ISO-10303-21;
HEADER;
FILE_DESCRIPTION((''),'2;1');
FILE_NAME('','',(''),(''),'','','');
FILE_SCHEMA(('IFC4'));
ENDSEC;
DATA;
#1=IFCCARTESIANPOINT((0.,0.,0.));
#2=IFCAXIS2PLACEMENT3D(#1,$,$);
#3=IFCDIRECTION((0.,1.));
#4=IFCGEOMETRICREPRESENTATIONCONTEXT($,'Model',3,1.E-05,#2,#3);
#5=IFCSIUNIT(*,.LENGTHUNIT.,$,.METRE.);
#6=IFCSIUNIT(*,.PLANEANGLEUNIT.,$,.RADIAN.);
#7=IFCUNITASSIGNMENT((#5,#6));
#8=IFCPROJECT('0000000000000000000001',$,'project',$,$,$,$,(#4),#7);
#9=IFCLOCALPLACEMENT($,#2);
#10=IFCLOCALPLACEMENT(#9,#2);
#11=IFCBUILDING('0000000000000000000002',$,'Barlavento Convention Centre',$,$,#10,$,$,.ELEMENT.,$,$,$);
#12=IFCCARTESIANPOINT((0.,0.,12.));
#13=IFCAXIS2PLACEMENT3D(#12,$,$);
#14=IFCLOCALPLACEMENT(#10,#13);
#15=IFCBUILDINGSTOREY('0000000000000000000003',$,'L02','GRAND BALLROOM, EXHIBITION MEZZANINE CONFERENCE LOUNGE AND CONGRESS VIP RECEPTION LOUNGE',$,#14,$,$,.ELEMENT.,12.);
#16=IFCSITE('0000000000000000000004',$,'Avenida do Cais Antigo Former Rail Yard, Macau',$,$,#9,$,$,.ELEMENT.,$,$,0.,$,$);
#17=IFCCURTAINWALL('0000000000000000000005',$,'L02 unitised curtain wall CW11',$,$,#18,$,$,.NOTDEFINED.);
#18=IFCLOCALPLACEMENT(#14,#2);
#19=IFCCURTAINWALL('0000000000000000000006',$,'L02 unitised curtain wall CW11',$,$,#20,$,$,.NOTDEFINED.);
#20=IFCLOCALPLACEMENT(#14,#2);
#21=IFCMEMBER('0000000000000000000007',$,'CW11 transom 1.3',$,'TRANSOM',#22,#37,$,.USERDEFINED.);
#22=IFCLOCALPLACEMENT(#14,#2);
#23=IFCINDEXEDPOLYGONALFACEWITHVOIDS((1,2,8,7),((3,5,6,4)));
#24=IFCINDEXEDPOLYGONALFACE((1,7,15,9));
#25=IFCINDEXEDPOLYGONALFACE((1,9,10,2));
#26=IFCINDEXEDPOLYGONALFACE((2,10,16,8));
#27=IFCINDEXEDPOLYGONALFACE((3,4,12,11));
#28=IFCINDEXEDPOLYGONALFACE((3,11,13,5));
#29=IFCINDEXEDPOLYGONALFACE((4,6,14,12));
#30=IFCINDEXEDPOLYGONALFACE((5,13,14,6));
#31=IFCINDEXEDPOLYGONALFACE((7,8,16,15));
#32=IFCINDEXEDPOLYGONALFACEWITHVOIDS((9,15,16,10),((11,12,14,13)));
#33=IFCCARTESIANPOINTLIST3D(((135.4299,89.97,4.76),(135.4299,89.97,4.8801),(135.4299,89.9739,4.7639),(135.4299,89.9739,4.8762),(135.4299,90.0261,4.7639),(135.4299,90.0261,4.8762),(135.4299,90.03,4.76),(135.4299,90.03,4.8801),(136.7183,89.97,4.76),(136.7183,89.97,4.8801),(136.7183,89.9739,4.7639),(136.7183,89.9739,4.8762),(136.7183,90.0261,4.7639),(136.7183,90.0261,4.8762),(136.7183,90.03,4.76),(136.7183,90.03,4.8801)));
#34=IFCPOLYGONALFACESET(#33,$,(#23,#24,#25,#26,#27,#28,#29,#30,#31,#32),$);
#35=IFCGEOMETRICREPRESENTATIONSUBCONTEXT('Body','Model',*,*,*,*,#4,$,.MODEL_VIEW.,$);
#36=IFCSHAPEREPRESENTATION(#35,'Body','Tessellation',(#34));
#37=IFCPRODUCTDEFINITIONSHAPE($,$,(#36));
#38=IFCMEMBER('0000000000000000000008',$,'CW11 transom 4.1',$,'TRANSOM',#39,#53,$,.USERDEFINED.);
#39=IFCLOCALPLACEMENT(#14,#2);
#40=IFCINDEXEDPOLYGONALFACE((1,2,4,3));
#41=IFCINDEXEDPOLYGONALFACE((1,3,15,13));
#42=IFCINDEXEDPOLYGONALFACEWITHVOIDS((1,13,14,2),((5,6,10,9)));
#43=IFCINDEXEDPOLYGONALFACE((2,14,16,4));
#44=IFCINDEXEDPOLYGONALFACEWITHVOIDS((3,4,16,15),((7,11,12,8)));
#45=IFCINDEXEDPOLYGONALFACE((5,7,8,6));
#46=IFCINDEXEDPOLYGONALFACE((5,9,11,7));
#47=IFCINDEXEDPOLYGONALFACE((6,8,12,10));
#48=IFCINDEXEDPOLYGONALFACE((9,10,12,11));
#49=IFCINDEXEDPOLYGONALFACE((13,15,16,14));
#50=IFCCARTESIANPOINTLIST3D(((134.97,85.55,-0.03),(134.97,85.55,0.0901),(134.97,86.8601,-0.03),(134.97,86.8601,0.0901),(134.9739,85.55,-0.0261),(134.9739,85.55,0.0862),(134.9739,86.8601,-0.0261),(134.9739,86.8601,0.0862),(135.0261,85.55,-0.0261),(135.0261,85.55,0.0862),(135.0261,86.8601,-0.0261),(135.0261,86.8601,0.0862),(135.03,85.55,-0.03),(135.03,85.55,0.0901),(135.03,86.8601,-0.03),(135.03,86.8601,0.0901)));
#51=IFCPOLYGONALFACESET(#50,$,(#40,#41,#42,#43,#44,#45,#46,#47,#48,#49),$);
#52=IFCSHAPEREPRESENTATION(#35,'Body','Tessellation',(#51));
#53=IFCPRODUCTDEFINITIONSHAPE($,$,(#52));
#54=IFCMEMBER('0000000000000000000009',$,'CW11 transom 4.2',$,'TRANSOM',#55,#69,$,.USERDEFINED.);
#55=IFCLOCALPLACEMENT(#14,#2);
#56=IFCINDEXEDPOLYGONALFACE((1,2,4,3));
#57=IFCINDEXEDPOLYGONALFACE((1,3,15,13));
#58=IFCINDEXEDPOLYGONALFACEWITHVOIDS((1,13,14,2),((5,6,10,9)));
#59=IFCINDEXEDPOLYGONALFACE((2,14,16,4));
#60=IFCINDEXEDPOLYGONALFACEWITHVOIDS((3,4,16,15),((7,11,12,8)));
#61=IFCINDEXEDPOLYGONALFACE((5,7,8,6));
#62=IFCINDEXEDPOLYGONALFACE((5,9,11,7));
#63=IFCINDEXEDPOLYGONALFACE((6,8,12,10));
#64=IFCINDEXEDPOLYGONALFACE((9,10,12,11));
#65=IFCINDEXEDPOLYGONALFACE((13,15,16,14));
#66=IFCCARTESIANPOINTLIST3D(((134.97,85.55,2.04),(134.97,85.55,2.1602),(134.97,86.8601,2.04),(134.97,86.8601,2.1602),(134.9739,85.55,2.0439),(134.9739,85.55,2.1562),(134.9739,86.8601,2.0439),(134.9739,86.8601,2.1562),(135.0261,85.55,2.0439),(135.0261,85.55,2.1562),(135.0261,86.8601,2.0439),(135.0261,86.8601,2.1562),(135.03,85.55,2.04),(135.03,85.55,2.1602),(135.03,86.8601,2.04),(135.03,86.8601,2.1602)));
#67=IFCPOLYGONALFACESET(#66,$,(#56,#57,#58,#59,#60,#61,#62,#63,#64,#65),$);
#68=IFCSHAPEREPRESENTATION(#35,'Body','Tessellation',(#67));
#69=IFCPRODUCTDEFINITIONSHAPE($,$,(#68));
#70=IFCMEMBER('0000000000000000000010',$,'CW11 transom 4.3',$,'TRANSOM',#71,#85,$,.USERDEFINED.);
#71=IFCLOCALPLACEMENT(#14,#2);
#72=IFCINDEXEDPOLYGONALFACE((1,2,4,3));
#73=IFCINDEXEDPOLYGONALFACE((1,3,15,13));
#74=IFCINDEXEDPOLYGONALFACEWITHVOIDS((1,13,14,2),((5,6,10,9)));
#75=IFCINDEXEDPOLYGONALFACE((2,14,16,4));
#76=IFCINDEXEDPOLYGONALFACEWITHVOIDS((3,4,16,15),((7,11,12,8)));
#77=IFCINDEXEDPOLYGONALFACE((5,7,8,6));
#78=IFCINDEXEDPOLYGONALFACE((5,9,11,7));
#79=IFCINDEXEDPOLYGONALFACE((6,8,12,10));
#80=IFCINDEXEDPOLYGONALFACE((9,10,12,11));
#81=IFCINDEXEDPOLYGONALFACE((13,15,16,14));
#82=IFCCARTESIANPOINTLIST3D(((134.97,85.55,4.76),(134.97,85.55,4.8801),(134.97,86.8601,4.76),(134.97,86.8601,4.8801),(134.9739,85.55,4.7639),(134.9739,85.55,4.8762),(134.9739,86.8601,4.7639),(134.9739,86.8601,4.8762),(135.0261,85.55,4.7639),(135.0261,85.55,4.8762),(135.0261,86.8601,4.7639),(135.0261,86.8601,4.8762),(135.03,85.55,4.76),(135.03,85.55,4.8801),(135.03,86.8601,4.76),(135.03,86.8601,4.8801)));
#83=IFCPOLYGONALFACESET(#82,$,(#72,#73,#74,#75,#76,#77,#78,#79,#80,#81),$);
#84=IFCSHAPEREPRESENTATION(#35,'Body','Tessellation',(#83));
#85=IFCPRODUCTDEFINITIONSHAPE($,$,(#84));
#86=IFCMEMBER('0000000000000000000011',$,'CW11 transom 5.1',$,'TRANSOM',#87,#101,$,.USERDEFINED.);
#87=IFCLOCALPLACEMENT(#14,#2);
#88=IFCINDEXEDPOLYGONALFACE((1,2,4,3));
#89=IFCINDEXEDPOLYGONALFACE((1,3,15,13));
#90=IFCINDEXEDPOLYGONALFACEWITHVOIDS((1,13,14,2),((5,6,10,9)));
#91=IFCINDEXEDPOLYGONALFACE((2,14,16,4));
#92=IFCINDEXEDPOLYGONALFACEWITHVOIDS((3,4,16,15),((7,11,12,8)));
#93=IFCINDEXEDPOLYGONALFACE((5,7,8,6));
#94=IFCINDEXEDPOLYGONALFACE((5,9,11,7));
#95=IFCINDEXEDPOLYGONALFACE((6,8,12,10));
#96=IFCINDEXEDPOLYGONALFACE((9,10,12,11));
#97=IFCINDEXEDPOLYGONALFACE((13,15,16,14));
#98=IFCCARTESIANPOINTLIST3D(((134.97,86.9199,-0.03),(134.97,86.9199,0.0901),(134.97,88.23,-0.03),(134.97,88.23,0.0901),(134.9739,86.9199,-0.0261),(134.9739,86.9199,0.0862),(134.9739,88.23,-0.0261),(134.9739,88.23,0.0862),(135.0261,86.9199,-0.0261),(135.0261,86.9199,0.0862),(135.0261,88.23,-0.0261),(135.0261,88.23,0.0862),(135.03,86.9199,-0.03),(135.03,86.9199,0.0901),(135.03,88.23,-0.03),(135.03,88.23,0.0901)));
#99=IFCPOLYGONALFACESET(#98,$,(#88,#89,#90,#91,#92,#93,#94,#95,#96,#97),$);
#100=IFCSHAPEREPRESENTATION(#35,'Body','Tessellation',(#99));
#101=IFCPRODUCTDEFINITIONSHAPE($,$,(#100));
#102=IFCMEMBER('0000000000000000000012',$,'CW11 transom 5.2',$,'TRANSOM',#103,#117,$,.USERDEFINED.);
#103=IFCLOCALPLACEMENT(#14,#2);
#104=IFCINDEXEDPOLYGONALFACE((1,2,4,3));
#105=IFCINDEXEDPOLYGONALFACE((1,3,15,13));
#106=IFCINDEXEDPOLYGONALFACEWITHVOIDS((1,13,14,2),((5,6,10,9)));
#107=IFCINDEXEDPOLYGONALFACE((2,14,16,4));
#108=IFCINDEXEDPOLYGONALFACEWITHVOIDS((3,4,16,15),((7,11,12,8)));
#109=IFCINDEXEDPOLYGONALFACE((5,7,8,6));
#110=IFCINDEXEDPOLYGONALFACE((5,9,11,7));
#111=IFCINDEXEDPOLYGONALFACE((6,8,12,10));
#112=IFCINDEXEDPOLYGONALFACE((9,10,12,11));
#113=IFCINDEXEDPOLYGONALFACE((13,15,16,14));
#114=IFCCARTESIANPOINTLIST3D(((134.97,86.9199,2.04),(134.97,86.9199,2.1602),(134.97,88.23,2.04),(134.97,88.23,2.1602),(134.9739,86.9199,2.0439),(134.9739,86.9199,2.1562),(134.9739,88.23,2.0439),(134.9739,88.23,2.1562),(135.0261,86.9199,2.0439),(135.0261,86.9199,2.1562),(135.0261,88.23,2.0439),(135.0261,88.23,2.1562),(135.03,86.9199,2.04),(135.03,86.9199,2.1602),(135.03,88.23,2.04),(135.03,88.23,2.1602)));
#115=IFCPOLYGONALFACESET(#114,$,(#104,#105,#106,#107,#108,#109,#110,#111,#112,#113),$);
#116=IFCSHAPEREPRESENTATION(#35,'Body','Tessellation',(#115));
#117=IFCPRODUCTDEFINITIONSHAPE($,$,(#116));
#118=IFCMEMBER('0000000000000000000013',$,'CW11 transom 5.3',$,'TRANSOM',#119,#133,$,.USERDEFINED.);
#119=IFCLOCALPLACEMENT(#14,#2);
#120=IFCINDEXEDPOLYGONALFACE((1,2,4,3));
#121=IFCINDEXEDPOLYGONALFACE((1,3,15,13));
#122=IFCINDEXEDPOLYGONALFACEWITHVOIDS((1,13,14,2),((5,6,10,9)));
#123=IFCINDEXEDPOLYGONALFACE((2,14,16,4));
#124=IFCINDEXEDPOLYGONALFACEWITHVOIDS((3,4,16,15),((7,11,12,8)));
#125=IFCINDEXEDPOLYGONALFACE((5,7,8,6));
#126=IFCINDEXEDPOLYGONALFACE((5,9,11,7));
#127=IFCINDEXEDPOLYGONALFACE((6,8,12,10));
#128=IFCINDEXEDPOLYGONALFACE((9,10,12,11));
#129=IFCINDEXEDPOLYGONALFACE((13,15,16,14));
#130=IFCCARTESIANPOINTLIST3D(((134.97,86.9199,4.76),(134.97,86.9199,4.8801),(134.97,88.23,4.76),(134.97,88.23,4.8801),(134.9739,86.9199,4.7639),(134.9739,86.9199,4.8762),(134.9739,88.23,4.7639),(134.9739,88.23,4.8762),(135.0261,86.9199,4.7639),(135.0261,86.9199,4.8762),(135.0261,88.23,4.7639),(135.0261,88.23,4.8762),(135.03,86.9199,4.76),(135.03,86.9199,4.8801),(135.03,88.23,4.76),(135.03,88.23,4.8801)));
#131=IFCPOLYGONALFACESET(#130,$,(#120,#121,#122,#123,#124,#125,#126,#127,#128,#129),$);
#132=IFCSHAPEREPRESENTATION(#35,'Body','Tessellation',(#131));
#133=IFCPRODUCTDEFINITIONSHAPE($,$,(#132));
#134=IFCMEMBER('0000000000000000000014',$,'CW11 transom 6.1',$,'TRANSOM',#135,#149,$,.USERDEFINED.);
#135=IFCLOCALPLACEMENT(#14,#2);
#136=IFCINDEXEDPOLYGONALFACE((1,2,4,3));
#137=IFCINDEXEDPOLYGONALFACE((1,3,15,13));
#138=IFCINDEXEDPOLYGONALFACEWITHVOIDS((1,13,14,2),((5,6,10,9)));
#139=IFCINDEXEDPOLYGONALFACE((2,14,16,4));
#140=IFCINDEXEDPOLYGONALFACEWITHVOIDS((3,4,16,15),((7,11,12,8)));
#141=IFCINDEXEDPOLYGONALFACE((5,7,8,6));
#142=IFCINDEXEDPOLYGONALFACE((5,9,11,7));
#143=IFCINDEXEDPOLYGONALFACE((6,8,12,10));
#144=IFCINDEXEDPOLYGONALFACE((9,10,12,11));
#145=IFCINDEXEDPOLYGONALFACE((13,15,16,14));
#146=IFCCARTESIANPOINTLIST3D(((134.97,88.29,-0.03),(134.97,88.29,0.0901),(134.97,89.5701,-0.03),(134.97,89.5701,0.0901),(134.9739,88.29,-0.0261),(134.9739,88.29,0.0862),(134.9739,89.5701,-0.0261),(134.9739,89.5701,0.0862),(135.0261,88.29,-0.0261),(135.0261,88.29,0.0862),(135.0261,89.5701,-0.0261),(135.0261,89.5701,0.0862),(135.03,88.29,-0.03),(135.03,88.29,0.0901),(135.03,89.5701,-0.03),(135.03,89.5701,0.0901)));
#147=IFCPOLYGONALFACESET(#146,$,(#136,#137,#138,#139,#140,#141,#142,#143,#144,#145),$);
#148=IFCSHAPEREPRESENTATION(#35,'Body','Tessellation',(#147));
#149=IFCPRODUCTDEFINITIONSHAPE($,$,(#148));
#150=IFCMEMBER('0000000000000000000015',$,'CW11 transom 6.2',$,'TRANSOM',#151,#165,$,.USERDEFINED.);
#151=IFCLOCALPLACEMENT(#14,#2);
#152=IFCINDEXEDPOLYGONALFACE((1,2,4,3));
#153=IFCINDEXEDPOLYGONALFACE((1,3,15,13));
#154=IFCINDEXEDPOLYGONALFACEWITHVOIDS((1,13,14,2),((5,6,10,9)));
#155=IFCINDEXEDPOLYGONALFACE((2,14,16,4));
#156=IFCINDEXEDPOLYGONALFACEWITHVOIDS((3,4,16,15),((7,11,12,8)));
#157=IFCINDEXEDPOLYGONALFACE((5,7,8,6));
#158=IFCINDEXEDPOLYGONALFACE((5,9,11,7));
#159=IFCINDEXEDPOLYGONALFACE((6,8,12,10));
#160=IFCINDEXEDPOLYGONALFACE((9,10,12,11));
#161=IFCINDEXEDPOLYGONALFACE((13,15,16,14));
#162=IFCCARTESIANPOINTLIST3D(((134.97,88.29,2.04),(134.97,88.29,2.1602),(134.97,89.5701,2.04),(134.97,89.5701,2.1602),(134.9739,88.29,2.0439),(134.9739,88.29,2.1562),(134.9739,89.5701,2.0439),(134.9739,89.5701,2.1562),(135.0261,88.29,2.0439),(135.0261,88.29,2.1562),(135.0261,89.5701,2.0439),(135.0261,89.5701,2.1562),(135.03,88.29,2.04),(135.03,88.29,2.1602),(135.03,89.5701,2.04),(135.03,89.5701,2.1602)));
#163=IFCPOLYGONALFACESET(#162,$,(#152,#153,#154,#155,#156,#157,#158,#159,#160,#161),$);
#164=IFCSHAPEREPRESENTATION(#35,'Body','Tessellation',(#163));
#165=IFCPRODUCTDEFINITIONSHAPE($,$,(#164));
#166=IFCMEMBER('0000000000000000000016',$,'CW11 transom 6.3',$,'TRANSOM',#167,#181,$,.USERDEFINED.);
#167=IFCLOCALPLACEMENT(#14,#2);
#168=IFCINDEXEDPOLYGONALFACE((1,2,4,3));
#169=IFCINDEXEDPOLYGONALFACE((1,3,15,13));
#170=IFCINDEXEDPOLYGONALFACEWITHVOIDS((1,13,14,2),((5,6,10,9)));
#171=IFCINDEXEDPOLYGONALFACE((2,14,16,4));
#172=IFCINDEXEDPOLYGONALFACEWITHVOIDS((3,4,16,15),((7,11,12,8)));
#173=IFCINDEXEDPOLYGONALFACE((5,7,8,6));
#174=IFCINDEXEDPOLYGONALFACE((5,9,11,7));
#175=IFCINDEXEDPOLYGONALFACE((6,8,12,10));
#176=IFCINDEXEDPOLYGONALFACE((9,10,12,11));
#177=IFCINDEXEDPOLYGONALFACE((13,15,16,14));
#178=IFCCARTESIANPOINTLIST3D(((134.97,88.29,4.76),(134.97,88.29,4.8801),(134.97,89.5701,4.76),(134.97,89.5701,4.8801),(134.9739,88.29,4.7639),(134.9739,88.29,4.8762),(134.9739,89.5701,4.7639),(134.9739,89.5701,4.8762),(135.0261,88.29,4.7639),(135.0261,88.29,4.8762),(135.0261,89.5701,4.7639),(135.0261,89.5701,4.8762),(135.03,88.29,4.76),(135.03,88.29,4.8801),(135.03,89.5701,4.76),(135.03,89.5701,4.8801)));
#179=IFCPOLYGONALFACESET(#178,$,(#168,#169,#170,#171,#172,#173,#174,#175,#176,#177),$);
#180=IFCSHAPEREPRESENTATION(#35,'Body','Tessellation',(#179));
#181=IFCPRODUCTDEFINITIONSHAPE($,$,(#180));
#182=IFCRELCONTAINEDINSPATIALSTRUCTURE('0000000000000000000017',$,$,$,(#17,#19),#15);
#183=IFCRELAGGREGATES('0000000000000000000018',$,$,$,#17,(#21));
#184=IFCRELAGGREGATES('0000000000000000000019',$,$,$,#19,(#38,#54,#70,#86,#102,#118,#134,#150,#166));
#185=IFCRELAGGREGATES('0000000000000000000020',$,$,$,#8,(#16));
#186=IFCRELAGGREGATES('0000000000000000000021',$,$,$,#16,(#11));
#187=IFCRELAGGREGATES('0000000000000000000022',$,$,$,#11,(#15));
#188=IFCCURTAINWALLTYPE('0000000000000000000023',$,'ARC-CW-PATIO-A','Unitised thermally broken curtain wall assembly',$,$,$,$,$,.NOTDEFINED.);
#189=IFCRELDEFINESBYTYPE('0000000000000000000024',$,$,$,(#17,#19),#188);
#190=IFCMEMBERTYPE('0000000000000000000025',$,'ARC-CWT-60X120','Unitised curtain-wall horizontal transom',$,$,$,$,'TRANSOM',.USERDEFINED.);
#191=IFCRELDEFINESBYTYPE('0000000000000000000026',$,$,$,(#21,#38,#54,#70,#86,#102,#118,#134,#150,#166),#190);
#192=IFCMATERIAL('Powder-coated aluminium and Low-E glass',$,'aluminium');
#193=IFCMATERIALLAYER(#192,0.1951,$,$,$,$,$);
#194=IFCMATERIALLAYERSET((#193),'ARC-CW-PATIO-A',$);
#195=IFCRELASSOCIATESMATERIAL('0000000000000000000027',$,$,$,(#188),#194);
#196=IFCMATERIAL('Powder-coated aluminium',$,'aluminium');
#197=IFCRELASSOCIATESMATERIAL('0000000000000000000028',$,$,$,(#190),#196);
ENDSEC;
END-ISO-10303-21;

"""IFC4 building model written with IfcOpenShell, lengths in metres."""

from ifc_helpers import new_model, si_unit, direction, frame, origin, origin_2d, place, context, subcontext, project, spatial, hollow_rectangle, extrude, material, layer, layer_set, material_profile, profile_set, type_object, element, aggregate, save


model = new_model("IFC4")

# Units and contexts
model_context = context("Model", 3, precision=1e-05, world=origin(), true_north=direction((0.0, 1.0)))
body_context = subcontext(model_context, "Body", "Model", "MODEL_VIEW")
ifc_project = project(units=[si_unit("LENGTHUNIT", "METRE"), si_unit("PLANEANGLEUNIT", "RADIAN")], contexts=[model_context])

# Site, building, storey
site_placement = place(None, origin())
site = spatial("IfcSite", under=ifc_project, at=site_placement, Name="Avenida do Cais Antigo Former Rail Yard, Macau", CompositionType="ELEMENT", RefElevation=0.0)
building_placement = place(site_placement, origin())
building = spatial("IfcBuilding", under=site, at=building_placement, Name="Barlavento Convention Centre", CompositionType="ELEMENT")
storey_placement = place(building_placement, frame((0.0, 0.0, 12.0)))
storey = spatial("IfcBuildingStorey", under=building, at=storey_placement, Name="L02", Description="GRAND BALLROOM, EXHIBITION MEZZANINE CONFERENCE LOUNGE AND CONGRESS VIP RECEPTION LOUNGE", CompositionType="ELEMENT", Elevation=12.0)

# Curtain walls
ifc_material_1 = material(Name="Powder-coated aluminium and Low-E glass", Category="aluminium")
ifc_layer_1 = layer(ifc_material_1, 0.1951)
ifc_layer_set_1 = layer_set([ifc_layer_1], Name="ARC-CW-PATIO-A")
curtain_wall_type = type_object("IfcCurtainWallType", Name="ARC-CW-PATIO-A", Description="Unitised thermally broken curtain wall assembly", PredefinedType="NOTDEFINED", material=ifc_layer_set_1)
curtain_wall_1_placement = place(storey_placement, origin())
curtain_wall_1 = element("IfcCurtainWall", 1, at=curtain_wall_1_placement, inside=storey, type_object=curtain_wall_type, Name="L02 unitised curtain wall CW11", PredefinedType="NOTDEFINED")
ifc_material_2 = material(Name="Powder-coated aluminium", Category="aluminium")
curtain_wall_2_placement = place(storey_placement, origin())
curtain_wall_2 = element("IfcCurtainWall", 2, at=curtain_wall_2_placement, inside=storey, type_object=curtain_wall_type, Name="L02 unitised curtain wall CW11", PredefinedType="NOTDEFINED")

# Members
ifc_material_profile_1 = material_profile(ifc_material_2, hollow_rectangle(XDim=0.0601, YDim=0.1201, WallThickness=0.0039, at=origin_2d()), Name="AL-TRAN 60x120x4")
ifc_profile_set_1 = profile_set([ifc_material_profile_1], Name="Powder-coated aluminium")
member_type_1 = type_object("IfcMemberType", Name="ARC-CWT-60X120", Description="Unitised curtain-wall horizontal transom", ElementType="TRANSOM", PredefinedType="USERDEFINED", material=ifc_profile_set_1)
member_1_placement = place(storey_placement, frame((135.4299, 90.0, 4.8201), z_axis=(1.0, 0.0, 0.0), x_axis=(0.0, 1.0, 0.0)))
member_1 = element("IfcMember", 3, at=member_1_placement, type_object=member_type_1, Name="CW11 transom 1.3", ObjectType="TRANSOM", PredefinedType="USERDEFINED", context=body_context, shape_type="SweptSolid", body=[
    extrude(hollow_rectangle(XDim=0.0601, YDim=0.1201, WallThickness=0.0039, at=origin_2d()), origin(), (0.0, 0.0, 1.0), 1.2883),
])
member_2_placement = place(storey_placement, frame((135.0, 85.55, 0.03), z_axis=(0.0, 1.0, 0.0), x_axis=(-1.0, 0.0, 0.0)))
member_2 = element("IfcMember", 4, at=member_2_placement, type_object=member_type_1, Name="CW11 transom 4.1", ObjectType="TRANSOM", PredefinedType="USERDEFINED", context=body_context, shape_type="SweptSolid", body=[
    extrude(hollow_rectangle(XDim=0.0601, YDim=0.1201, WallThickness=0.0039, at=origin_2d()), origin(), (0.0, 0.0, 1.0), 1.3101),
])
member_3_placement = place(storey_placement, frame((135.0, 85.55, 2.1001), z_axis=(0.0, 1.0, 0.0), x_axis=(-1.0, 0.0, 0.0)))
member_3 = element("IfcMember", 5, at=member_3_placement, type_object=member_type_1, Name="CW11 transom 4.2", ObjectType="TRANSOM", PredefinedType="USERDEFINED", context=body_context, shape_type="SweptSolid", body=[
    extrude(hollow_rectangle(XDim=0.0601, YDim=0.1201, WallThickness=0.0039, at=origin_2d()), origin(), (0.0, 0.0, 1.0), 1.3101),
])
member_4_placement = place(storey_placement, frame((135.0, 85.55, 4.8201), z_axis=(0.0, 1.0, 0.0), x_axis=(-1.0, 0.0, 0.0)))
member_4 = element("IfcMember", 6, at=member_4_placement, type_object=member_type_1, Name="CW11 transom 4.3", ObjectType="TRANSOM", PredefinedType="USERDEFINED", context=body_context, shape_type="SweptSolid", body=[
    extrude(hollow_rectangle(XDim=0.0601, YDim=0.1201, WallThickness=0.0039, at=origin_2d()), origin(), (0.0, 0.0, 1.0), 1.3101),
])
member_5_placement = place(storey_placement, frame((135.0, 86.9199, 0.03), z_axis=(0.0, 1.0, 0.0), x_axis=(-1.0, 0.0, 0.0)))
member_5 = element("IfcMember", 7, at=member_5_placement, type_object=member_type_1, Name="CW11 transom 5.1", ObjectType="TRANSOM", PredefinedType="USERDEFINED", context=body_context, shape_type="SweptSolid", body=[
    extrude(hollow_rectangle(XDim=0.0601, YDim=0.1201, WallThickness=0.0039, at=origin_2d()), origin(), (0.0, 0.0, 1.0), 1.3101),
])
member_6_placement = place(storey_placement, frame((135.0, 86.9199, 2.1001), z_axis=(0.0, 1.0, 0.0), x_axis=(-1.0, 0.0, 0.0)))
member_6 = element("IfcMember", 8, at=member_6_placement, type_object=member_type_1, Name="CW11 transom 5.2", ObjectType="TRANSOM", PredefinedType="USERDEFINED", context=body_context, shape_type="SweptSolid", body=[
    extrude(hollow_rectangle(XDim=0.0601, YDim=0.1201, WallThickness=0.0039, at=origin_2d()), origin(), (0.0, 0.0, 1.0), 1.3101),
])
member_7_placement = place(storey_placement, frame((135.0, 86.9199, 4.8201), z_axis=(0.0, 1.0, 0.0), x_axis=(-1.0, 0.0, 0.0)))
member_7 = element("IfcMember", 9, at=member_7_placement, type_object=member_type_1, Name="CW11 transom 5.3", ObjectType="TRANSOM", PredefinedType="USERDEFINED", context=body_context, shape_type="SweptSolid", body=[
    extrude(hollow_rectangle(XDim=0.0601, YDim=0.1201, WallThickness=0.0039, at=origin_2d()), origin(), (0.0, 0.0, 1.0), 1.3101),
])
member_8_placement = place(storey_placement, frame((135.0, 88.29, 0.03), z_axis=(0.0, 1.0, 0.0), x_axis=(-1.0, 0.0, 0.0)))
member_8 = element("IfcMember", 10, at=member_8_placement, type_object=member_type_1, Name="CW11 transom 6.1", ObjectType="TRANSOM", PredefinedType="USERDEFINED", context=body_context, shape_type="SweptSolid", body=[
    extrude(hollow_rectangle(XDim=0.0601, YDim=0.1201, WallThickness=0.0039, at=origin_2d()), origin(), (0.0, 0.0, 1.0), 1.28),
])
member_9_placement = place(storey_placement, frame((135.0, 88.29, 2.1001), z_axis=(0.0, 1.0, 0.0), x_axis=(-1.0, 0.0, 0.0)))
member_9 = element("IfcMember", 11, at=member_9_placement, type_object=member_type_1, Name="CW11 transom 6.2", ObjectType="TRANSOM", PredefinedType="USERDEFINED", context=body_context, shape_type="SweptSolid", body=[
    extrude(hollow_rectangle(XDim=0.0601, YDim=0.1201, WallThickness=0.0039, at=origin_2d()), origin(), (0.0, 0.0, 1.0), 1.28),
])
member_10_placement = place(storey_placement, frame((135.0, 88.29, 4.8201), z_axis=(0.0, 1.0, 0.0), x_axis=(-1.0, 0.0, 0.0)))
member_10 = element("IfcMember", 12, at=member_10_placement, type_object=member_type_1, Name="CW11 transom 6.3", ObjectType="TRANSOM", PredefinedType="USERDEFINED", context=body_context, shape_type="SweptSolid", body=[
    extrude(hollow_rectangle(XDim=0.0601, YDim=0.1201, WallThickness=0.0039, at=origin_2d()), origin(), (0.0, 0.0, 1.0), 1.28),
])

aggregate(curtain_wall_1, [member_1])
aggregate(curtain_wall_2, [member_2, member_3, member_4, member_5, member_6, member_7, member_8, member_9, member_10])

save(model, "model.ifc")
